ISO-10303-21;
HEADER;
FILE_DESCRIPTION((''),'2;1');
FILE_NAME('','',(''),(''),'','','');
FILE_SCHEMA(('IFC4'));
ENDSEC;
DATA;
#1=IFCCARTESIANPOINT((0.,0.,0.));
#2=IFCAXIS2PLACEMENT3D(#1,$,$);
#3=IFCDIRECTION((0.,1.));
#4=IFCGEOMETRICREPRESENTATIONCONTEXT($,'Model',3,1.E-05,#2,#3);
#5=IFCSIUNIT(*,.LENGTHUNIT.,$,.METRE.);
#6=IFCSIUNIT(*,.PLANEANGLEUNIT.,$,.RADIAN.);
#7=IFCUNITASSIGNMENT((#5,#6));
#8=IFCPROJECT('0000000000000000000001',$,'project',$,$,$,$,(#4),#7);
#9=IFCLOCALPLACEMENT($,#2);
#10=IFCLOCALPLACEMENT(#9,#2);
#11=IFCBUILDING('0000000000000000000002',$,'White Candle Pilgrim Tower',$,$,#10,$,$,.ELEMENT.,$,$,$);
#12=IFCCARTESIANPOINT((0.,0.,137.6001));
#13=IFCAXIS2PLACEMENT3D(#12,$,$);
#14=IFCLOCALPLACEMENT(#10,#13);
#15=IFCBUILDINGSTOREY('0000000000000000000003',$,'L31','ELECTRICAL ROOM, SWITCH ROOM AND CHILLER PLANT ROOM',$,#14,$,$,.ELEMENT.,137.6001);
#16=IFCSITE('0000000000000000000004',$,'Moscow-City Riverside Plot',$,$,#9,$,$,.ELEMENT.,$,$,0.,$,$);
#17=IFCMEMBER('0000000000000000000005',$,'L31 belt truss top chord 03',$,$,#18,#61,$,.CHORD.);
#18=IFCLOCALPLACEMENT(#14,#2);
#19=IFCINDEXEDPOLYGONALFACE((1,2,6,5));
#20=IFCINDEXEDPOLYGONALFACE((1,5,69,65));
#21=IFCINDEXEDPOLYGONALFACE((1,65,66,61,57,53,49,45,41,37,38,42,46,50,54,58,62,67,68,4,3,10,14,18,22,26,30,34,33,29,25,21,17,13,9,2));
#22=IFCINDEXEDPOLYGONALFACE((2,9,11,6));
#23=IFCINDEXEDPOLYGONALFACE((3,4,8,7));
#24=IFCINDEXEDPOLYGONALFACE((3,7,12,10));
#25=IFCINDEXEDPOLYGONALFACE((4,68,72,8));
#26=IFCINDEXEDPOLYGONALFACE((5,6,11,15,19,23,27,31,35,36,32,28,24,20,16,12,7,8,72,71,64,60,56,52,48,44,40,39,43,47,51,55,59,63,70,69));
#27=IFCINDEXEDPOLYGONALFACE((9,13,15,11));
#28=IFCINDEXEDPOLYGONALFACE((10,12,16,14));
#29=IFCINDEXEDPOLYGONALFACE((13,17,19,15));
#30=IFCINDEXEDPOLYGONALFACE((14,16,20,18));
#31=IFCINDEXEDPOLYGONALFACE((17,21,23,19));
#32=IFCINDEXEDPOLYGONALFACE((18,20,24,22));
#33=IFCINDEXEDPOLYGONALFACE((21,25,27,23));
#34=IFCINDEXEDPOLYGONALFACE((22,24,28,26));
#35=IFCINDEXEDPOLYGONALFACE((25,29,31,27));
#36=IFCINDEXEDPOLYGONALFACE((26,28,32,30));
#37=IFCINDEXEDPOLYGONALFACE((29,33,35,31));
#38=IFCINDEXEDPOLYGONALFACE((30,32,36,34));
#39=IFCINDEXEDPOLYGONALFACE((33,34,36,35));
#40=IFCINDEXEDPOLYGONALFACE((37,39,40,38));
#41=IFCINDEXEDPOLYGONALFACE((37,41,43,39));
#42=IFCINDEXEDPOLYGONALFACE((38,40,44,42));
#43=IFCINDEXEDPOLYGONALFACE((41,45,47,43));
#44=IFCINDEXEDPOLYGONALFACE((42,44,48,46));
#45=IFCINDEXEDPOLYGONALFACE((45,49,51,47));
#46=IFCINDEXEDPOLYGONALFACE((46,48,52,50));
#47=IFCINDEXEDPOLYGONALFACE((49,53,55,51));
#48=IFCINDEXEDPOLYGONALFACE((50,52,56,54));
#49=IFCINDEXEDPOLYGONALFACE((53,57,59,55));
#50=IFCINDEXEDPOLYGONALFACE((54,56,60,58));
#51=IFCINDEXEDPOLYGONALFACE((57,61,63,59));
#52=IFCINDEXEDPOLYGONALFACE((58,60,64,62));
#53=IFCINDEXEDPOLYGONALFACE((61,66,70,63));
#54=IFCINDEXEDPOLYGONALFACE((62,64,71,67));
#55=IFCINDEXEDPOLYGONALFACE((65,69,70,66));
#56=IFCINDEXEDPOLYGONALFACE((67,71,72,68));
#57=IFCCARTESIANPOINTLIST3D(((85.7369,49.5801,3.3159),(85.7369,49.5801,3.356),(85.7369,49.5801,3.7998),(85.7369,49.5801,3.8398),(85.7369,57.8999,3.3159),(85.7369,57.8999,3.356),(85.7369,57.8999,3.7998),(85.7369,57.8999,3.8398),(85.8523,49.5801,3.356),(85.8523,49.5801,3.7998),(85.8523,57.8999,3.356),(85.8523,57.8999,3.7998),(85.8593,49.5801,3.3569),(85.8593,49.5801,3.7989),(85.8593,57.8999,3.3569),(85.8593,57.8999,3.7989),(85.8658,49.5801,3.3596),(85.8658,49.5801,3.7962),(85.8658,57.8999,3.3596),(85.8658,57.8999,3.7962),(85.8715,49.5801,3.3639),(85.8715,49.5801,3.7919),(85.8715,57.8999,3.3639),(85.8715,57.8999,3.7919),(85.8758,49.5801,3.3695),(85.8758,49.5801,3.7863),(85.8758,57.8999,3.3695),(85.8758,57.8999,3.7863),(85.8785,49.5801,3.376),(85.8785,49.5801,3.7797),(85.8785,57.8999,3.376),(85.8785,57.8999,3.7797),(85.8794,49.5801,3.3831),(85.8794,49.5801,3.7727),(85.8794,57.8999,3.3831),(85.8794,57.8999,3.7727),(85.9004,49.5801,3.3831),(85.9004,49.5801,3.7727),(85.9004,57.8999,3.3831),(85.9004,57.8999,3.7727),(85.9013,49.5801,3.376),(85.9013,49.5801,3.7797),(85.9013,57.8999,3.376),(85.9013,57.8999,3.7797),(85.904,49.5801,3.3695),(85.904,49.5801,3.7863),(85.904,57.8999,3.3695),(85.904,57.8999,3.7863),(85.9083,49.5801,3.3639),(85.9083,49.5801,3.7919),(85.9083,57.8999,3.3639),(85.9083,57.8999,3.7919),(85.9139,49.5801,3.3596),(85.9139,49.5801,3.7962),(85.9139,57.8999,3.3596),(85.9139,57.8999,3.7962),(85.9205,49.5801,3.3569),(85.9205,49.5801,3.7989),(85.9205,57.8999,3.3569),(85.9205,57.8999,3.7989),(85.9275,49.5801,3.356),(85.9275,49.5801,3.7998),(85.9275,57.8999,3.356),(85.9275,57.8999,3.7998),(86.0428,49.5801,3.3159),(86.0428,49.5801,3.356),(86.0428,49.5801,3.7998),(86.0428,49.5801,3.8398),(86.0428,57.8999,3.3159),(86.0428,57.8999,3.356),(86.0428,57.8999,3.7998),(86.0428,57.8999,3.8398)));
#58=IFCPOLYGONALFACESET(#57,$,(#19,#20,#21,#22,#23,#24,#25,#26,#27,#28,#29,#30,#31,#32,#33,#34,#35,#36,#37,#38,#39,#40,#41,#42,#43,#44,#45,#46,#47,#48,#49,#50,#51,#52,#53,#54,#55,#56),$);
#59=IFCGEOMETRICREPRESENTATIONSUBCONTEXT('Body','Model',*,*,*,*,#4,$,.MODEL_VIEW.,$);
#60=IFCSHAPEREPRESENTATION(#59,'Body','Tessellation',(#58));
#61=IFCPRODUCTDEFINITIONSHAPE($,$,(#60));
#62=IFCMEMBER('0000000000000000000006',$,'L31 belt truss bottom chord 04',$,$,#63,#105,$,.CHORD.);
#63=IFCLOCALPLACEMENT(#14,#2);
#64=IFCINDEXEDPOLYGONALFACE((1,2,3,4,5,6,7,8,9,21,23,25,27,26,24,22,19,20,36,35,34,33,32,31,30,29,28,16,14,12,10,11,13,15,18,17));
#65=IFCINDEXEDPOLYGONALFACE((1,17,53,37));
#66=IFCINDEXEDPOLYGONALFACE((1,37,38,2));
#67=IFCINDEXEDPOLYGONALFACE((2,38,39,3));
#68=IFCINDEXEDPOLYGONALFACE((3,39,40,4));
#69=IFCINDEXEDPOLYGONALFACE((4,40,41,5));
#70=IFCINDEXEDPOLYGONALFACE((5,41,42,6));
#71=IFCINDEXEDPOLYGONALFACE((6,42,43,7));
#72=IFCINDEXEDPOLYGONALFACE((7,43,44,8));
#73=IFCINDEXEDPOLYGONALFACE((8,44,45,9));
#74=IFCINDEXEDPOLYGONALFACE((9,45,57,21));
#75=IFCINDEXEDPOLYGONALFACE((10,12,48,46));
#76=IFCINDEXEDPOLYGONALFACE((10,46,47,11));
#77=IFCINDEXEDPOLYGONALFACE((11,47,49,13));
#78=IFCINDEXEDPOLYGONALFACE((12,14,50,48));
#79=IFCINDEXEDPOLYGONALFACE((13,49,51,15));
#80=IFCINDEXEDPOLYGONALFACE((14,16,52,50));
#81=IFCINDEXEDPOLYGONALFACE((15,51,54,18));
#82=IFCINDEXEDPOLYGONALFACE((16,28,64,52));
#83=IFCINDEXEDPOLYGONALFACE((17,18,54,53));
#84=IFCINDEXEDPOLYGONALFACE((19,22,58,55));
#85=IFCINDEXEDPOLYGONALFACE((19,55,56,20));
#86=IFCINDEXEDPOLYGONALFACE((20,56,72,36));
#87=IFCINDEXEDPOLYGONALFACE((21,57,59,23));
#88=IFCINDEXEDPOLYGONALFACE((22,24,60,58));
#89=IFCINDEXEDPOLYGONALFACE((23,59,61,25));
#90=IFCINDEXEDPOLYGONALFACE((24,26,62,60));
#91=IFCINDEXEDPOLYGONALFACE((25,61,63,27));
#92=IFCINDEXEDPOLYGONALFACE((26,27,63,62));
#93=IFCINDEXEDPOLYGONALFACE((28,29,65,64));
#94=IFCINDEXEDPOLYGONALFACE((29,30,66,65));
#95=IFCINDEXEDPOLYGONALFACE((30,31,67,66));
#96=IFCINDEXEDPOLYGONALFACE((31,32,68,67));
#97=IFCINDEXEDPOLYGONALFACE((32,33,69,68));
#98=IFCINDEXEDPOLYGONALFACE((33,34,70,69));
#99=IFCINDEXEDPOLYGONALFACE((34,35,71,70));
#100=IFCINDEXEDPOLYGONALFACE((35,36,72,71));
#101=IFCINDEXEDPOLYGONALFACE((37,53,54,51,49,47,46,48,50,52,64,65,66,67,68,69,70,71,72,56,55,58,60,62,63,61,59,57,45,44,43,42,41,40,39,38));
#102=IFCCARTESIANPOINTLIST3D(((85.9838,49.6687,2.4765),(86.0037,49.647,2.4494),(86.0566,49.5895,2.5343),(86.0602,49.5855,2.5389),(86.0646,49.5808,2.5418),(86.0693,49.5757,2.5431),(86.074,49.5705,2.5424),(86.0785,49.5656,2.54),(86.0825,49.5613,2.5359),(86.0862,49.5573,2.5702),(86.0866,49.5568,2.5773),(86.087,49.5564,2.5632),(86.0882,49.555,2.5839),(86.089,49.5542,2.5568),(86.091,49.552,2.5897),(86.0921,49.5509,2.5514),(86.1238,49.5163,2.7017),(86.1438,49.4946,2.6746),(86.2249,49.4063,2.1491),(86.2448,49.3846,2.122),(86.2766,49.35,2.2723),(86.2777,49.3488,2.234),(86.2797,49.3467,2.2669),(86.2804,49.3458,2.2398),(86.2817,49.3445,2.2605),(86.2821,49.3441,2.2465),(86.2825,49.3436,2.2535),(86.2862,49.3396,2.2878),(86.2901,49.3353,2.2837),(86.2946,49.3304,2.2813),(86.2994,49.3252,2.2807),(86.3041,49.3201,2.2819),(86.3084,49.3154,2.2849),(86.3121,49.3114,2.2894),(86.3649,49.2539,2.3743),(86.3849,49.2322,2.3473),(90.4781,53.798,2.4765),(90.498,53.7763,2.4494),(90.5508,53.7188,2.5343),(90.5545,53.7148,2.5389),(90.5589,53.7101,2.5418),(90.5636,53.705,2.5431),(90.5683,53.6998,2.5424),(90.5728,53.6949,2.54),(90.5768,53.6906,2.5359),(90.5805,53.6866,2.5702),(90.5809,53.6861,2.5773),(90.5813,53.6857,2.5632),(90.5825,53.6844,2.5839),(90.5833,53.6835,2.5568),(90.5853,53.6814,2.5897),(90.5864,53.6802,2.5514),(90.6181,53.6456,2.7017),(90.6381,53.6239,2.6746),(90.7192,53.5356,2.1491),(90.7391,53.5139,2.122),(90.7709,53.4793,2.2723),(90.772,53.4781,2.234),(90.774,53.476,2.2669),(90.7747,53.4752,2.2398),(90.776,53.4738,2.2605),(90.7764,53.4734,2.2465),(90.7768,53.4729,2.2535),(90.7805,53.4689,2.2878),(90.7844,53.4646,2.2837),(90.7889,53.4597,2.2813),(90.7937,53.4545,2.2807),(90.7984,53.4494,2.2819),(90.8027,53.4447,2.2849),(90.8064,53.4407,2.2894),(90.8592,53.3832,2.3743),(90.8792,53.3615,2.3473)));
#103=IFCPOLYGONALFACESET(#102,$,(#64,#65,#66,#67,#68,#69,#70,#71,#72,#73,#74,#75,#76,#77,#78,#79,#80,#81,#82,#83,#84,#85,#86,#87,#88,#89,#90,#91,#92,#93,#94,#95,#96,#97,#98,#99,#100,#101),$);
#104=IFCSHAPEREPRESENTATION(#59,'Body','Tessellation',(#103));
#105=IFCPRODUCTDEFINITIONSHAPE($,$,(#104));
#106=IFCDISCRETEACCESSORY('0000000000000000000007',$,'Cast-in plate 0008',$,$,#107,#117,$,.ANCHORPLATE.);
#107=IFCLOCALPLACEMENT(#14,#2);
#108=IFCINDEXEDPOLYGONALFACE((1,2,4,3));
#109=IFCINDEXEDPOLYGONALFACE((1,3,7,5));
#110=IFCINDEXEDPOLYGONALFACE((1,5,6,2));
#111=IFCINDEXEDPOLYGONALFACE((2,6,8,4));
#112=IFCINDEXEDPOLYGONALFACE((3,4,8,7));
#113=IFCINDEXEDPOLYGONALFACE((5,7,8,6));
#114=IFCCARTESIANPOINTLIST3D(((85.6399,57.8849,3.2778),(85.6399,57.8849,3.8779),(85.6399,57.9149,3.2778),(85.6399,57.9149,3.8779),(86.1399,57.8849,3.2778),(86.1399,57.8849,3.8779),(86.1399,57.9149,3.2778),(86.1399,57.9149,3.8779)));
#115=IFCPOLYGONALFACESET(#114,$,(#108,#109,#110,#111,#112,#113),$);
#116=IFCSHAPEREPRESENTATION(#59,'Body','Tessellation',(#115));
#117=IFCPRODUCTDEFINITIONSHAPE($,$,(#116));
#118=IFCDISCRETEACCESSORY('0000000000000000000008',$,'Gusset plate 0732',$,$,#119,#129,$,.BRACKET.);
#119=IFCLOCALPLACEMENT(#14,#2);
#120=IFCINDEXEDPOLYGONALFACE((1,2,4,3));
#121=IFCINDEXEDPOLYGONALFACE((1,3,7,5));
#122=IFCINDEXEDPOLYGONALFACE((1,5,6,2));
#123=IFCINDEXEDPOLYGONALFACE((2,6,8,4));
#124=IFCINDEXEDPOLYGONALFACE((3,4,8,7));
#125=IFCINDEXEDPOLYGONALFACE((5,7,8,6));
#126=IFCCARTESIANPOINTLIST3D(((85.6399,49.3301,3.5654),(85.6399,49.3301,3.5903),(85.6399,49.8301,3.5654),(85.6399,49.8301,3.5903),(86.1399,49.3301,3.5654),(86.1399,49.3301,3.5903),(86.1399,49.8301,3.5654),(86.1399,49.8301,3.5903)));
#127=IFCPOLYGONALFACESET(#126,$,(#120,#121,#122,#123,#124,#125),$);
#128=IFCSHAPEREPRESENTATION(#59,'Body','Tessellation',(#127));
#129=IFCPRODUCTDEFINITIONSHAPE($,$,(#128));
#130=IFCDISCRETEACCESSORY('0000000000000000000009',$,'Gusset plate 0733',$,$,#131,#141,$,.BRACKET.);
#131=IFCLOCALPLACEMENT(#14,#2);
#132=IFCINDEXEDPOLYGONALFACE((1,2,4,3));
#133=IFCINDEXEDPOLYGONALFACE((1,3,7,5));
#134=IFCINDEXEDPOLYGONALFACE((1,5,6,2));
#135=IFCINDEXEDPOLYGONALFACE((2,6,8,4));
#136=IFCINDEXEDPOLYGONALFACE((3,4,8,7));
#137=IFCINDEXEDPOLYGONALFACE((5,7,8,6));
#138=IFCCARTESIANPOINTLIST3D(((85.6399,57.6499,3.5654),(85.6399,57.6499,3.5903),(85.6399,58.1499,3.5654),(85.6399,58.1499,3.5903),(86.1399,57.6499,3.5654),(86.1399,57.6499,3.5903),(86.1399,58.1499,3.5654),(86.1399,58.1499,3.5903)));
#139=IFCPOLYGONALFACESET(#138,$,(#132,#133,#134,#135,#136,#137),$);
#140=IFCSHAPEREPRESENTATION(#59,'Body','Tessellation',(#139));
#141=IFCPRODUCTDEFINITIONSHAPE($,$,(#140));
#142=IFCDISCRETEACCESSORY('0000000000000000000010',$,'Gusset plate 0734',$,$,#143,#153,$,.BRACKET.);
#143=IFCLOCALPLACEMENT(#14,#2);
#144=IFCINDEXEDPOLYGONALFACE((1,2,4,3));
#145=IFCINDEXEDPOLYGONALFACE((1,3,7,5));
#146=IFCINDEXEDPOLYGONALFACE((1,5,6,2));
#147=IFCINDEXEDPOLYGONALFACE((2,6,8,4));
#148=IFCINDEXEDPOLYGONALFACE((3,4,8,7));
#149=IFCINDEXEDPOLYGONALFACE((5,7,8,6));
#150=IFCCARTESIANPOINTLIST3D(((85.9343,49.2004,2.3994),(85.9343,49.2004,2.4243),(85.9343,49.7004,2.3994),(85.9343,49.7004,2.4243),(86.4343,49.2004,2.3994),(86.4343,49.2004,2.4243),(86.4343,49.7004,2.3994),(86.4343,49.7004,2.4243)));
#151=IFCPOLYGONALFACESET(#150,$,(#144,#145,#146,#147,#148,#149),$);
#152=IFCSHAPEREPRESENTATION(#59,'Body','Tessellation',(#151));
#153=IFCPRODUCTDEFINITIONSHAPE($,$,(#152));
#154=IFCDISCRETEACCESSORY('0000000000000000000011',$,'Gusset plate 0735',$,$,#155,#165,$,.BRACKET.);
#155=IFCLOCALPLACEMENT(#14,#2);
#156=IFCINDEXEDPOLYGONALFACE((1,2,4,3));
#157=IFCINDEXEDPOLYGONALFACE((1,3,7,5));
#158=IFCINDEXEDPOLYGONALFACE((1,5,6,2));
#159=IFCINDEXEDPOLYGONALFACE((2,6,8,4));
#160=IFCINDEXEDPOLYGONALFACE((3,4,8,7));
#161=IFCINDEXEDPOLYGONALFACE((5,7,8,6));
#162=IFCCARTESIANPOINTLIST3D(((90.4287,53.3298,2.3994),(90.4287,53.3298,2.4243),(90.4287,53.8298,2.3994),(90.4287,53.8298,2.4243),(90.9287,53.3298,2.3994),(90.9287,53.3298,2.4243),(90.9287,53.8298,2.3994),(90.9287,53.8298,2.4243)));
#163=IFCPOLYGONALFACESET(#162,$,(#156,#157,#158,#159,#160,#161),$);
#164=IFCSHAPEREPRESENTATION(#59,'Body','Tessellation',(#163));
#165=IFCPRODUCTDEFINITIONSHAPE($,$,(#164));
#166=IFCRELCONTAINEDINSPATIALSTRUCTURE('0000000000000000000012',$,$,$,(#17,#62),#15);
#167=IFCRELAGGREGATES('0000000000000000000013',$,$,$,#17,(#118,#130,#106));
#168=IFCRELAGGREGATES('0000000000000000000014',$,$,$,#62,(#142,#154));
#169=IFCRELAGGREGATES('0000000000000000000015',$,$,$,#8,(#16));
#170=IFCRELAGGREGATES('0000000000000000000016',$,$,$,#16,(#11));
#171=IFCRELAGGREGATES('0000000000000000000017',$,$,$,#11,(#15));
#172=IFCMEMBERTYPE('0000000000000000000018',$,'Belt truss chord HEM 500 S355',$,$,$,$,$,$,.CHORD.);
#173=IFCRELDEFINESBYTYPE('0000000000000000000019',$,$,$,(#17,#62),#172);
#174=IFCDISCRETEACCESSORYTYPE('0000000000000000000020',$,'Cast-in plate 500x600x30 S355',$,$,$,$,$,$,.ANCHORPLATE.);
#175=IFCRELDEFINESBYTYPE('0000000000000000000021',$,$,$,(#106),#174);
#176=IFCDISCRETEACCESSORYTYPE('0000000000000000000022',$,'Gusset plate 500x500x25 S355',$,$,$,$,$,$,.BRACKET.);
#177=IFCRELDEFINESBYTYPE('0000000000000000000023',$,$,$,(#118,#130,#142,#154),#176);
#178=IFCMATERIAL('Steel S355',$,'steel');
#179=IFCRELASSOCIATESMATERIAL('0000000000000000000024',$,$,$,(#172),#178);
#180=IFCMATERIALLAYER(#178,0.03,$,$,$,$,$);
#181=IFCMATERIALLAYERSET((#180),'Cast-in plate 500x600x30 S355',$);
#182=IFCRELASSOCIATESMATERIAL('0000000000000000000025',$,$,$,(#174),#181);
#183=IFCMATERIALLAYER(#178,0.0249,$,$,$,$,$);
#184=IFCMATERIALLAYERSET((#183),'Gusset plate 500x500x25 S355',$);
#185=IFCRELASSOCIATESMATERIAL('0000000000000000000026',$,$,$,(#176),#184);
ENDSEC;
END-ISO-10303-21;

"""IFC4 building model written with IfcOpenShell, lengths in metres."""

from ifc_helpers import new_model, si_unit, direction, frame, origin, origin_2d, place, context, subcontext, project, spatial, rectangle, i_section, extrude, material, layer, layer_set, material_profile, profile_set, type_object, element, aggregate, save


model = new_model("IFC4")

# Units and contexts
model_context = context("Model", 3, precision=1e-05, world=origin(), true_north=direction((0.0, 1.0)))
body_context = subcontext(model_context, "Body", "Model", "MODEL_VIEW")
ifc_project = project(units=[si_unit("LENGTHUNIT", "METRE"), si_unit("PLANEANGLEUNIT", "RADIAN")], contexts=[model_context])

# Site, building, storey
site_placement = place(None, origin())
site = spatial("IfcSite", under=ifc_project, at=site_placement, Name="Moscow-City Riverside Plot", CompositionType="ELEMENT", RefElevation=0.0)
building_placement = place(site_placement, origin())
building = spatial("IfcBuilding", under=site, at=building_placement, Name="White Candle Pilgrim Tower", CompositionType="ELEMENT")
storey_placement = place(building_placement, frame((0.0, 0.0, 137.6001)))
storey = spatial("IfcBuildingStorey", under=building, at=storey_placement, Name="L31", Description="ELECTRICAL ROOM, SWITCH ROOM AND CHILLER PLANT ROOM", CompositionType="ELEMENT", Elevation=137.6001)

# Members
ifc_material_1 = material(Name="Steel S355", Category="steel")
ifc_material_profile_1 = material_profile(ifc_material_1, i_section(OverallWidth=0.3059, OverallDepth=0.5239, WebThickness=0.021, FlangeThickness=0.04, FilletRadius=0.0271, at=origin_2d()), Name="HEM 500")
ifc_profile_set_1 = profile_set([ifc_material_profile_1], Name="Steel S355")
member_type_1 = type_object("IfcMemberType", Name="Belt truss chord HEM 500 S355", PredefinedType="CHORD", material=ifc_profile_set_1)
member_1_placement = place(storey_placement, frame((85.8899, 49.5801, 3.5779), z_axis=(0.0, 1.0, 0.0), x_axis=(1.0, 0.0, 0.0)))
member_1 = element("IfcMember", 1, at=member_1_placement, inside=storey, type_object=member_type_1, Name="L31 belt truss top chord 03", PredefinedType="CHORD", context=body_context, shape_type="SweptSolid", body=[
    extrude(i_section(OverallWidth=0.3059, OverallDepth=0.5239, WebThickness=0.021, FlangeThickness=0.04, FilletRadius=0.0271, at=origin_2d()), origin(), (0.0, 0.0, 1.0), 8.3198),
])
member_2_placement = place(storey_placement, frame((86.1843, 49.4504, 2.4119), z_axis=(0.736375, 0.676574, 0.0), x_axis=(0.457751, -0.498211, 0.736376)))
member_2 = element("IfcMember", 2, at=member_2_placement, inside=storey, type_object=member_type_1, Name="L31 belt truss bottom chord 04", PredefinedType="CHORD", context=body_context, shape_type="SweptSolid", body=[
    extrude(i_section(OverallWidth=0.3059, OverallDepth=0.5239, WebThickness=0.021, FlangeThickness=0.04, FilletRadius=0.0271, at=origin_2d()), origin(), (0.0, 0.0, 1.0), 6.1033),
])

# Discrete accessories
ifc_layer_1 = layer(ifc_material_1, 0.03)
ifc_layer_set_1 = layer_set([ifc_layer_1], Name="Cast-in plate 500x600x30 S355")
discrete_accessory_type_1 = type_object("IfcDiscreteAccessoryType", Name="Cast-in plate 500x600x30 S355", PredefinedType="ANCHORPLATE", material=ifc_layer_set_1)
discrete_accessory_1_placement = place(storey_placement, frame((85.8899, 57.8999, 3.2778), z_axis=(0.0, 0.0, 1.0), x_axis=(0.0, -1.0, 0.0)))
discrete_accessory_1 = element("IfcDiscreteAccessory", 3, at=discrete_accessory_1_placement, type_object=discrete_accessory_type_1, Name="Cast-in plate 0008", PredefinedType="ANCHORPLATE", context=body_context, shape_type="SweptSolid", body=[
    extrude(rectangle(XDim=0.03, YDim=0.5, at=origin_2d()), origin(), (0.0, 0.0, 1.0), 0.6001),
])
ifc_layer_2 = layer(ifc_material_1, 0.0249)
ifc_layer_set_2 = layer_set([ifc_layer_2], Name="Gusset plate 500x500x25 S355")
discrete_accessory_type_2 = type_object("IfcDiscreteAccessoryType", Name="Gusset plate 500x500x25 S355", PredefinedType="BRACKET", material=ifc_layer_set_2)
discrete_accessory_2_placement = place(storey_placement, frame((85.8899, 49.5801, 3.5654), z_axis=(0.0, 0.0, 1.0), x_axis=(1.0, 0.0, 0.0)))
discrete_accessory_2 = element("IfcDiscreteAccessory", 4, at=discrete_accessory_2_placement, type_object=discrete_accessory_type_2, Name="Gusset plate 0732", PredefinedType="BRACKET", context=body_context, shape_type="SweptSolid", body=[
    extrude(rectangle(XDim=0.5, YDim=0.5, at=origin_2d()), origin(), (0.0, 0.0, 1.0), 0.0249),
])
discrete_accessory_3_placement = place(storey_placement, frame((85.8899, 57.8999, 3.5654), z_axis=(0.0, 0.0, 1.0), x_axis=(1.0, 0.0, 0.0)))
discrete_accessory_3 = element("IfcDiscreteAccessory", 5, at=discrete_accessory_3_placement, type_object=discrete_accessory_type_2, Name="Gusset plate 0733", PredefinedType="BRACKET", context=body_context, shape_type="SweptSolid", body=[
    extrude(rectangle(XDim=0.5, YDim=0.5, at=origin_2d()), origin(), (0.0, 0.0, 1.0), 0.0249),
])
aggregate(member_1, [discrete_accessory_2, discrete_accessory_3, discrete_accessory_1])
discrete_accessory_4_placement = place(storey_placement, frame((86.1843, 49.4504, 2.3994), z_axis=(0.0, 0.0, 1.0), x_axis=(1.0, 0.0, 0.0)))
discrete_accessory_4 = element("IfcDiscreteAccessory", 6, at=discrete_accessory_4_placement, type_object=discrete_accessory_type_2, Name="Gusset plate 0734", PredefinedType="BRACKET", context=body_context, shape_type="SweptSolid", body=[
    extrude(rectangle(XDim=0.5, YDim=0.5, at=origin_2d()), origin(), (0.0, 0.0, 1.0), 0.0249),
])
discrete_accessory_5_placement = place(storey_placement, frame((90.6787, 53.5798, 2.3994), z_axis=(0.0, 0.0, 1.0), x_axis=(1.0, 0.0, 0.0)))
discrete_accessory_5 = element("IfcDiscreteAccessory", 7, at=discrete_accessory_5_placement, type_object=discrete_accessory_type_2, Name="Gusset plate 0735", PredefinedType="BRACKET", context=body_context, shape_type="SweptSolid", body=[
    extrude(rectangle(XDim=0.5, YDim=0.5, at=origin_2d()), origin(), (0.0, 0.0, 1.0), 0.0249),
])
aggregate(member_2, [discrete_accessory_4, discrete_accessory_5])

save(model, "model.ifc")
